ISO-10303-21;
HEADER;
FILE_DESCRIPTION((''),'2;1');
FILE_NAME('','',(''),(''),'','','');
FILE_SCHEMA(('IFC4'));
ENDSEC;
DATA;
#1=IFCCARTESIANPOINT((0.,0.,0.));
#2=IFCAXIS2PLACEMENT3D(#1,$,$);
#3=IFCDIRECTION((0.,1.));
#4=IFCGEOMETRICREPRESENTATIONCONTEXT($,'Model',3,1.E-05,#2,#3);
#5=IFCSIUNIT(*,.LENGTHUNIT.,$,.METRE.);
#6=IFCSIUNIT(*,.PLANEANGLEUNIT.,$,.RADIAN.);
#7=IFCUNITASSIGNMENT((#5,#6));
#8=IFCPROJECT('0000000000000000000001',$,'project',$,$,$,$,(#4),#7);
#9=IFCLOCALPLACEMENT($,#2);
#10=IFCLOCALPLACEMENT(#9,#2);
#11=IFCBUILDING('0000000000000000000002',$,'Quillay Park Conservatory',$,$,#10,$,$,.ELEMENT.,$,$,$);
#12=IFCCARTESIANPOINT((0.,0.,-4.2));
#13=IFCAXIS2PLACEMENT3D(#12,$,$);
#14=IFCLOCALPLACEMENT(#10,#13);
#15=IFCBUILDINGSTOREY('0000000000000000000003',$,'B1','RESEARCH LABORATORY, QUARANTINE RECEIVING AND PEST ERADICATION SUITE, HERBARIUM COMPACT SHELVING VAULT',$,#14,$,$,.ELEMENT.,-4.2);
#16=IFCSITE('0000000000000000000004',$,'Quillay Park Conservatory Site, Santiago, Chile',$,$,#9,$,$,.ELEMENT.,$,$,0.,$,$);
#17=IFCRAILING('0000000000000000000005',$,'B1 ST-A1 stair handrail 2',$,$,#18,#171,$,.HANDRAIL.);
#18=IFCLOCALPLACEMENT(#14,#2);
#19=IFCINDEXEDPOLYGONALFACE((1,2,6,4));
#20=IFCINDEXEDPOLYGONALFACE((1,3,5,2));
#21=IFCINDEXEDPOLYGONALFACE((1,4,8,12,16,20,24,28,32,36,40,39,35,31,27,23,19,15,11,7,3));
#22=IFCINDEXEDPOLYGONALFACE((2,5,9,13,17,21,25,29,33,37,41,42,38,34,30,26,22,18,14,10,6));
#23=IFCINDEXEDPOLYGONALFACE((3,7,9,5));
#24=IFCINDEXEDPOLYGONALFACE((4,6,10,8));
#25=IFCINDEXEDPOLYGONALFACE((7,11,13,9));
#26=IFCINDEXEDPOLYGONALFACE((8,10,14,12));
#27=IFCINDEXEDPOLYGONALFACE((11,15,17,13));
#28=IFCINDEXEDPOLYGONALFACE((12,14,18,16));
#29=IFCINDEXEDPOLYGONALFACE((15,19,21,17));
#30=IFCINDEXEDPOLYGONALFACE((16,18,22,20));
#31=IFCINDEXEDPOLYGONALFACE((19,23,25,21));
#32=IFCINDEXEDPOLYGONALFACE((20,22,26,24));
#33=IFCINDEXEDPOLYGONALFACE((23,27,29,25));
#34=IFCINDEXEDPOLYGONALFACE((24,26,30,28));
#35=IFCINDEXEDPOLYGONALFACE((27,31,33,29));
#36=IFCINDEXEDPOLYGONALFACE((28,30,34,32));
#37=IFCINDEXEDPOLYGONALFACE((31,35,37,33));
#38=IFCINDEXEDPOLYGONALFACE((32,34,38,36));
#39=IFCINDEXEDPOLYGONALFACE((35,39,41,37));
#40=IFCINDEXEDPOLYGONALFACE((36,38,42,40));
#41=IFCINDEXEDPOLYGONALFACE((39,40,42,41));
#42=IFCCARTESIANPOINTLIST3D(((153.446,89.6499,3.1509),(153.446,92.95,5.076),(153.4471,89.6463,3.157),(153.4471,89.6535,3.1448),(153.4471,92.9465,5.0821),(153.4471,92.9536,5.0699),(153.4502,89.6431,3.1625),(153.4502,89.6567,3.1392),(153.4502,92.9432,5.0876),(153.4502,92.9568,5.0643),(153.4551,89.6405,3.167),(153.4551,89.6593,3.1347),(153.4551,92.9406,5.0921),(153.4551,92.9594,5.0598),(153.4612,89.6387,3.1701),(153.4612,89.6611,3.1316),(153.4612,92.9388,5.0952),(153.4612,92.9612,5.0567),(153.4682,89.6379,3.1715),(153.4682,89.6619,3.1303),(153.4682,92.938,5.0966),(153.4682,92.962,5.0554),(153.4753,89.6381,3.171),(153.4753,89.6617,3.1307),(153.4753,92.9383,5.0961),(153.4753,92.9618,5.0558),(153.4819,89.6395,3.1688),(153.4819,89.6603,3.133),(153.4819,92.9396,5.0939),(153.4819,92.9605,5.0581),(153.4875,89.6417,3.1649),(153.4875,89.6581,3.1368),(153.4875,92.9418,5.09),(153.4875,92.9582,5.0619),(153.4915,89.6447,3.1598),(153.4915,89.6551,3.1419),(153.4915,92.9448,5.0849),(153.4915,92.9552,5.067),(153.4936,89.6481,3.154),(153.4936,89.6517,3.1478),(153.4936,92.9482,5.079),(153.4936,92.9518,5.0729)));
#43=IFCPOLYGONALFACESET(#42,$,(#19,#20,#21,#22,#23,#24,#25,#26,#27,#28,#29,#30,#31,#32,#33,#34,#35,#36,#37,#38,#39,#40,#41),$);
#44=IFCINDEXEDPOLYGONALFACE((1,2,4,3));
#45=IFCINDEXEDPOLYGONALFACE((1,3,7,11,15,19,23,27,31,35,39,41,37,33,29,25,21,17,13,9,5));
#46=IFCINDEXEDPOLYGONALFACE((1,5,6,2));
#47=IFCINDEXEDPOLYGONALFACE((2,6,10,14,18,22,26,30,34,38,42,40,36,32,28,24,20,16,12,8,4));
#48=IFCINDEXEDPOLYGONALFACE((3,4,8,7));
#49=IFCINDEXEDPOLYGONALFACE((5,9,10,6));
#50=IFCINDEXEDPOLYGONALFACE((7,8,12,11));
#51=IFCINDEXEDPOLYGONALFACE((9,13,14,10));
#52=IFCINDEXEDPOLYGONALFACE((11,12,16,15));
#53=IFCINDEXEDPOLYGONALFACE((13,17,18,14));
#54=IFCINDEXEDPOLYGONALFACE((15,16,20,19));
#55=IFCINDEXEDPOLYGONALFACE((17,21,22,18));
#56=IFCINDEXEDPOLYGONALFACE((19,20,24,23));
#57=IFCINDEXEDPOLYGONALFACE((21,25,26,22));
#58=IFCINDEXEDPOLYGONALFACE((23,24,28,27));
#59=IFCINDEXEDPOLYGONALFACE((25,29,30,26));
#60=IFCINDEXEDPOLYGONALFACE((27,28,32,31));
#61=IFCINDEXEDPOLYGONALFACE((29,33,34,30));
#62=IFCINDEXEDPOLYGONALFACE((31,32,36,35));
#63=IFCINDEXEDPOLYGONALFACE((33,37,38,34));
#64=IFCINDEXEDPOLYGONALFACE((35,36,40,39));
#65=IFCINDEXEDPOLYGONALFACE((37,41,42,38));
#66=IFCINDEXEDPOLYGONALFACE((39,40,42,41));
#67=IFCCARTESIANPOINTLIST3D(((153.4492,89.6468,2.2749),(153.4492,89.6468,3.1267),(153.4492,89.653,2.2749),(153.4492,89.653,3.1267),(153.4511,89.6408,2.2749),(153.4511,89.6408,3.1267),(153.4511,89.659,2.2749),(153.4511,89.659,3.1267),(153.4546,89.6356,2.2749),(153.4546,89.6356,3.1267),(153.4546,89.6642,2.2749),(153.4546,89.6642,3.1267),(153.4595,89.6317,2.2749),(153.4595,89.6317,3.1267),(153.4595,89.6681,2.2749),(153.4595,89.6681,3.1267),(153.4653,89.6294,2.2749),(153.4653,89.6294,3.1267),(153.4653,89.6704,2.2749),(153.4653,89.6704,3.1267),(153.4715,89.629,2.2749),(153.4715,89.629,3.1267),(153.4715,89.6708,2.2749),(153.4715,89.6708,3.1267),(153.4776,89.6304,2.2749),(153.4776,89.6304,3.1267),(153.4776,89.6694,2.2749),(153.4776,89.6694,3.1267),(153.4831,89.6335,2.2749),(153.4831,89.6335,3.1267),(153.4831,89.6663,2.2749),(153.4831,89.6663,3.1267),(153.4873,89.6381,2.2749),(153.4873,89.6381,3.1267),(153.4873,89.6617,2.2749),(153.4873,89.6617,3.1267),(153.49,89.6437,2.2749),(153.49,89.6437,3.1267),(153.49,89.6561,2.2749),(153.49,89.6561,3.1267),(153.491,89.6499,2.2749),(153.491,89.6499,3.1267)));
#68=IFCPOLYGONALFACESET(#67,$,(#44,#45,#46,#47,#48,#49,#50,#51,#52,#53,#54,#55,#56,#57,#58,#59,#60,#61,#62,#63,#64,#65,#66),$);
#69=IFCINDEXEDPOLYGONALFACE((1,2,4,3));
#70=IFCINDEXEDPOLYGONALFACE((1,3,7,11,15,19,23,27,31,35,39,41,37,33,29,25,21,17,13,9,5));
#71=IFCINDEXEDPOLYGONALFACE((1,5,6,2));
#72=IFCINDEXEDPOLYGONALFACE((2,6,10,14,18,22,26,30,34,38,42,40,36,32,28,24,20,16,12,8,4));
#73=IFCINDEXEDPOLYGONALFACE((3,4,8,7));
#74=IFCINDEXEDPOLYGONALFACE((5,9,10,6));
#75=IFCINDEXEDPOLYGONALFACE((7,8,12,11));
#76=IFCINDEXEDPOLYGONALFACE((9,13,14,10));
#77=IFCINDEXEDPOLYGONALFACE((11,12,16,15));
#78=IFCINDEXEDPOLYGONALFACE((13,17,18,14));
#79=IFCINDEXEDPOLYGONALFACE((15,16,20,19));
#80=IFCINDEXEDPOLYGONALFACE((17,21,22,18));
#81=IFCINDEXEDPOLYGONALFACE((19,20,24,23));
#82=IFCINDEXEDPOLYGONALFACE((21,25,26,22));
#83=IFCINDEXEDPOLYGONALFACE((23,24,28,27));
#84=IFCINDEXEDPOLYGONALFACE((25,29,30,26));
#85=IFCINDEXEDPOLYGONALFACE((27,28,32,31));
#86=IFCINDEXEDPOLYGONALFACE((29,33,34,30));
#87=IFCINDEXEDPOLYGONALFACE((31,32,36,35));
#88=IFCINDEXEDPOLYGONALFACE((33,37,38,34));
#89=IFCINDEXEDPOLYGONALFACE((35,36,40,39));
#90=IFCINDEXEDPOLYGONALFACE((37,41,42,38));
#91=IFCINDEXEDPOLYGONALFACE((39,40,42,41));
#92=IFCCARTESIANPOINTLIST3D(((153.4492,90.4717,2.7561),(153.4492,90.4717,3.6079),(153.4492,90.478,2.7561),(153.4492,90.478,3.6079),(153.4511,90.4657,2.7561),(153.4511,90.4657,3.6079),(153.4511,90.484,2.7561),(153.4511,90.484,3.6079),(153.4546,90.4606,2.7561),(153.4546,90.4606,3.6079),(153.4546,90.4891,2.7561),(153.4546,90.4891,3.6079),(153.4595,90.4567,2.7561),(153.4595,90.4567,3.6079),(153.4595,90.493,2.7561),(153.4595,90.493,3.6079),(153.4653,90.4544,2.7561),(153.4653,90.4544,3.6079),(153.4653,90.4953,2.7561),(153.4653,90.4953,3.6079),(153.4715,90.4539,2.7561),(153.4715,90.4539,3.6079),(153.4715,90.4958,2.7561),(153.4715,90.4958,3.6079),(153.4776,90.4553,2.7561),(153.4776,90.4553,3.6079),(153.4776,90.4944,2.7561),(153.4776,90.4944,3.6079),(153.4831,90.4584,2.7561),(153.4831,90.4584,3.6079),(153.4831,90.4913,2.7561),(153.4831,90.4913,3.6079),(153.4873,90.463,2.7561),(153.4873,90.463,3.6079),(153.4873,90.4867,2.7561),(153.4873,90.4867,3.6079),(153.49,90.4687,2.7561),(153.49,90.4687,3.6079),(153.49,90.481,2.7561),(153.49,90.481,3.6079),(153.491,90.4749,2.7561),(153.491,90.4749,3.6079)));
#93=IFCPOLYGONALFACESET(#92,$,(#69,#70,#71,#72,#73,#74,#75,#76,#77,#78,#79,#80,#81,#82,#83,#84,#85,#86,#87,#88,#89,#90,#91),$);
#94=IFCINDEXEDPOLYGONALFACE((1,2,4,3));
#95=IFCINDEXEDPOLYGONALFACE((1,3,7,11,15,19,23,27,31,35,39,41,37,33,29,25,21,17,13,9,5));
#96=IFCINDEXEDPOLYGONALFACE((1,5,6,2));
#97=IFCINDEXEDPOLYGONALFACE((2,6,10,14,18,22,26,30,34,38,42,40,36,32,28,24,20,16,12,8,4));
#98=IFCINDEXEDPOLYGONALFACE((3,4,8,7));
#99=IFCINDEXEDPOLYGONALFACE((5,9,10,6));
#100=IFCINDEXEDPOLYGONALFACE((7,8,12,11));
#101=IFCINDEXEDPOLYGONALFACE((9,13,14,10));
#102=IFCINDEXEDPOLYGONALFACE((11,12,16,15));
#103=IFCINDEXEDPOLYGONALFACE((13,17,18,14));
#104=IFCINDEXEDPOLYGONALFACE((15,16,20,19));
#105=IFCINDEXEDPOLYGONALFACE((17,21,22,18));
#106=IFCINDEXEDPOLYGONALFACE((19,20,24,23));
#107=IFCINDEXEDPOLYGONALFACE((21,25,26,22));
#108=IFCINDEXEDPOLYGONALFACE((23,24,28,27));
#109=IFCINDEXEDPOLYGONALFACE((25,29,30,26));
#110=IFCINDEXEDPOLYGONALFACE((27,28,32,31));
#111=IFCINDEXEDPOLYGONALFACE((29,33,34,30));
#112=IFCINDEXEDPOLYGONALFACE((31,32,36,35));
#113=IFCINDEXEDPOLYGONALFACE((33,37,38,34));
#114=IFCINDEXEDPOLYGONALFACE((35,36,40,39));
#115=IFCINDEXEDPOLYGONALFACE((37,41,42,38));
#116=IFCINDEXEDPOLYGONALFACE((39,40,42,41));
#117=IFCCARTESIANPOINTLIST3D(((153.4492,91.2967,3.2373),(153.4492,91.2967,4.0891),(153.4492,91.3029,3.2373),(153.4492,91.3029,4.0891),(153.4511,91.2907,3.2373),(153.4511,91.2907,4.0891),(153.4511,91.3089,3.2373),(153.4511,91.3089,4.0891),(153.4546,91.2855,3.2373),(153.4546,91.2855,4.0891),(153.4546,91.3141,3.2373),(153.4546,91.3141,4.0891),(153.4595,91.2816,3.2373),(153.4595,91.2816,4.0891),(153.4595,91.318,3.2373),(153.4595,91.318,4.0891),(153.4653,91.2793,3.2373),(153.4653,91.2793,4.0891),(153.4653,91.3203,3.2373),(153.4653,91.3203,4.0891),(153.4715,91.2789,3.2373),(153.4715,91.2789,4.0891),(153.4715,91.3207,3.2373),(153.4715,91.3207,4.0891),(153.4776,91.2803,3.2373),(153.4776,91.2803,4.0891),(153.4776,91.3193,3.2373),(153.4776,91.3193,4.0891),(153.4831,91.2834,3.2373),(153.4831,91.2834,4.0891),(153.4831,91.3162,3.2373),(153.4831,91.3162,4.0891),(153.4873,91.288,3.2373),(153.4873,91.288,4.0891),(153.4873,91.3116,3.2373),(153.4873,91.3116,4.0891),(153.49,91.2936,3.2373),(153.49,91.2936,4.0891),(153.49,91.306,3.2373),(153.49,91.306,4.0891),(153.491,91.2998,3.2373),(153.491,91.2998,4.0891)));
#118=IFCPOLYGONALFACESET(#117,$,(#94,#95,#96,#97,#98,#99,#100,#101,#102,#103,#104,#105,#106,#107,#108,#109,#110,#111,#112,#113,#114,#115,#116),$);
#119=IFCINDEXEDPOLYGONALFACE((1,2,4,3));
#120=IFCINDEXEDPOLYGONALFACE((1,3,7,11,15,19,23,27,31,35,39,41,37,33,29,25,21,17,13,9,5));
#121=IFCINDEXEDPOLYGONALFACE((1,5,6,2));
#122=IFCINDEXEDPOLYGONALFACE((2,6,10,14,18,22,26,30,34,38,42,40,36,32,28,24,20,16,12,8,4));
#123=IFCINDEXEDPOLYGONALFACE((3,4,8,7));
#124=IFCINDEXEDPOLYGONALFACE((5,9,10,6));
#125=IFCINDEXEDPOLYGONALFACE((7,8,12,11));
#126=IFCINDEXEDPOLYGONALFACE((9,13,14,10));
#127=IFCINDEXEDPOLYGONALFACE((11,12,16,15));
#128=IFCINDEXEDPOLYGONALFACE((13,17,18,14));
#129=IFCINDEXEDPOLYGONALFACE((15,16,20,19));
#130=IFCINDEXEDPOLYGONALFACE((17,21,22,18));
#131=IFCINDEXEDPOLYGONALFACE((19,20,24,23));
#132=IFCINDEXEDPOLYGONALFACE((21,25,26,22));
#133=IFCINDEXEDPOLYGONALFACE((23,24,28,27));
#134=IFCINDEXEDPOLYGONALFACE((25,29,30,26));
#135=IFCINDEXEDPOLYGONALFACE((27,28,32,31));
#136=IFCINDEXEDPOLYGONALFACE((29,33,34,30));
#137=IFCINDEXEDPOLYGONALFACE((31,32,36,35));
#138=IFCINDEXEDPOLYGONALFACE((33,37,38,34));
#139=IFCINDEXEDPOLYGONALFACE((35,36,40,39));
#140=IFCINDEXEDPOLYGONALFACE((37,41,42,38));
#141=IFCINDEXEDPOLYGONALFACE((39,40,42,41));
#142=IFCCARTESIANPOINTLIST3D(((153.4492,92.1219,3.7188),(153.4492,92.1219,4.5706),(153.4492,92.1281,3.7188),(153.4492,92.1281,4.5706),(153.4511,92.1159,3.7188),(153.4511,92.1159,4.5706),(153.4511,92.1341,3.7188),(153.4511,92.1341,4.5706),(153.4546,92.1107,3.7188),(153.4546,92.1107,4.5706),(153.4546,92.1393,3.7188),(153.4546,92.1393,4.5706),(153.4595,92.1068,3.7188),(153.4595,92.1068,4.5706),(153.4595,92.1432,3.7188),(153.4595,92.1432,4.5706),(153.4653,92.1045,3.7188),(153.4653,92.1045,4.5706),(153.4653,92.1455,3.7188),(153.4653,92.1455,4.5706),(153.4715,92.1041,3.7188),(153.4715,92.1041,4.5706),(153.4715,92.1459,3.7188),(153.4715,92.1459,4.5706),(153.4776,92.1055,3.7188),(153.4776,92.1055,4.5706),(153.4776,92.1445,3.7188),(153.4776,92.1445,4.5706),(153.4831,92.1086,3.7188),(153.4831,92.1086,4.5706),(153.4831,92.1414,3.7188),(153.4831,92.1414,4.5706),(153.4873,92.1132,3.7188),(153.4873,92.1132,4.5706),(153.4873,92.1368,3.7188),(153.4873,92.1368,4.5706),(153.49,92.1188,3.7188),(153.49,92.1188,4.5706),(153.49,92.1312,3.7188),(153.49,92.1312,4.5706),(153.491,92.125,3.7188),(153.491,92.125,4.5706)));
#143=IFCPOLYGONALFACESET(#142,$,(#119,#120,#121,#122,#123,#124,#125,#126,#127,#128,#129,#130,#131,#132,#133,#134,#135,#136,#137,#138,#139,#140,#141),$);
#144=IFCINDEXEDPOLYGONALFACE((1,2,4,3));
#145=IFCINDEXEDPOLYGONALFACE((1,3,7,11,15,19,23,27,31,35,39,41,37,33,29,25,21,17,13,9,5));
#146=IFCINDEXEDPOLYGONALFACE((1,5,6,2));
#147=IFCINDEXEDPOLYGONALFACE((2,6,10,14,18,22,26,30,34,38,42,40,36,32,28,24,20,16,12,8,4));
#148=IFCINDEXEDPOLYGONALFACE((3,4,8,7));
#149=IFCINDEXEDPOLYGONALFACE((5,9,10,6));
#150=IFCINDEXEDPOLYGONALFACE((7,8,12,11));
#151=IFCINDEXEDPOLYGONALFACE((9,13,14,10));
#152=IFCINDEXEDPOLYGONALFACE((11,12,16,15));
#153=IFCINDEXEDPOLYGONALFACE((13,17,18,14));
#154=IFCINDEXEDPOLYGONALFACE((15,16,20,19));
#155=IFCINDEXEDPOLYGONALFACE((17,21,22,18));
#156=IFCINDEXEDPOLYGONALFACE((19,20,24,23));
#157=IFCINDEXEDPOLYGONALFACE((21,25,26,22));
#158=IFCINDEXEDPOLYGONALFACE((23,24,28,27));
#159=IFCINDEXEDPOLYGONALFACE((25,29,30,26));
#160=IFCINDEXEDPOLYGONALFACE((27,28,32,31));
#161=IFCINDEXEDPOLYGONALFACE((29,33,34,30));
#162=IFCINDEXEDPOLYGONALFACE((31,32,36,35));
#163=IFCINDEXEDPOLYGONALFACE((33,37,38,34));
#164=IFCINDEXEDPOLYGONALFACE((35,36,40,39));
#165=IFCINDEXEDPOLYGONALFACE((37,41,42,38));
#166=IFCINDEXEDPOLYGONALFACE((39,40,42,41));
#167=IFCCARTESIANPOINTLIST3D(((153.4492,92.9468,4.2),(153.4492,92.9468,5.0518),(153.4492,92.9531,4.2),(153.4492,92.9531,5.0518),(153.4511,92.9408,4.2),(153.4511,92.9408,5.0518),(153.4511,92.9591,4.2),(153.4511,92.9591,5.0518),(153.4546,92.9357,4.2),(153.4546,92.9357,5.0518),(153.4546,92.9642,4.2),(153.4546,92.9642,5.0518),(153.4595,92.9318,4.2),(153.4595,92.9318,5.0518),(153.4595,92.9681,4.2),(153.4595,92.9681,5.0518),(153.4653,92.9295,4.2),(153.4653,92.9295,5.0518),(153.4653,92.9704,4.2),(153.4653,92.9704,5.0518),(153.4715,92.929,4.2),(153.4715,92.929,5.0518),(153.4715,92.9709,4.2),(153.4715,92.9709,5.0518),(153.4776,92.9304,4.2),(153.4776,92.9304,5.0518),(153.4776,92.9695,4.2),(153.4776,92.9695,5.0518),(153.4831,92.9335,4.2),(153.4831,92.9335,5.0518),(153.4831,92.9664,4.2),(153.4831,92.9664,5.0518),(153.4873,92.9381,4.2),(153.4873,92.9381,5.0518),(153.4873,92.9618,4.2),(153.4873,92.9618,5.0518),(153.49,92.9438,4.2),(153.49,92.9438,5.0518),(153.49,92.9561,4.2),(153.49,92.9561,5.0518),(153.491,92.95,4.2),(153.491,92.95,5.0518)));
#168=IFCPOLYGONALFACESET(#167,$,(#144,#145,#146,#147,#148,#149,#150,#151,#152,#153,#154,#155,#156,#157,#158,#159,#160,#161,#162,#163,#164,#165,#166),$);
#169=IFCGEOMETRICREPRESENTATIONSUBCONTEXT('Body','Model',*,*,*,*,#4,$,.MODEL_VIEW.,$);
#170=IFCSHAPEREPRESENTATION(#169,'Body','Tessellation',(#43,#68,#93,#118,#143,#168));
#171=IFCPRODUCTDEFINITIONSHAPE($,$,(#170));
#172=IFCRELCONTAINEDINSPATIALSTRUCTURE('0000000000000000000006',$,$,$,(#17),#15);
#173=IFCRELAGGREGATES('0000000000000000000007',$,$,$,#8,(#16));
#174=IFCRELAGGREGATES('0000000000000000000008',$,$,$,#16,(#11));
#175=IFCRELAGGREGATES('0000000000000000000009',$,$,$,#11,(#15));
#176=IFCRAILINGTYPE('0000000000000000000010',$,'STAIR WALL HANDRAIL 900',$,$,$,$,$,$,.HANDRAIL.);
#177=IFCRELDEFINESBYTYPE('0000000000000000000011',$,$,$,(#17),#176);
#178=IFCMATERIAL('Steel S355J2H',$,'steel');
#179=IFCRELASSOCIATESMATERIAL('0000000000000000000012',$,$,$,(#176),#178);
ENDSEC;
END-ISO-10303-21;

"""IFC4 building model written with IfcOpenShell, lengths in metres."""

from ifc_helpers import new_model, si_unit, direction, frame, origin, origin_2d, place, context, subcontext, project, spatial, circle, extrude, material, type_object, element, save


model = new_model("IFC4")

# Units and contexts
model_context = context("Model", 3, precision=1e-05, world=origin(), true_north=direction((0.0, 1.0)))
body_context = subcontext(model_context, "Body", "Model", "MODEL_VIEW")
ifc_project = project(units=[si_unit("LENGTHUNIT", "METRE"), si_unit("PLANEANGLEUNIT", "RADIAN")], contexts=[model_context])

# Site, building, storey
site_placement = place(None, origin())
site = spatial("IfcSite", under=ifc_project, at=site_placement, Name="Quillay Park Conservatory Site, Santiago, Chile", CompositionType="ELEMENT", RefElevation=0.0)
building_placement = place(site_placement, origin())
building = spatial("IfcBuilding", under=site, at=building_placement, Name="Quillay Park Conservatory", CompositionType="ELEMENT")
storey_placement = place(building_placement, frame((0.0, 0.0, -4.2)))
storey = spatial("IfcBuildingStorey", under=building, at=storey_placement, Name="B1", Description="RESEARCH LABORATORY, QUARANTINE RECEIVING AND PEST ERADICATION SUITE, HERBARIUM COMPACT SHELVING VAULT", CompositionType="ELEMENT", Elevation=-4.2)

# Railing
ifc_material_1 = material(Name="Steel S355J2H", Category="steel")
railing_type_1 = type_object("IfcRailingType", Name="STAIR WALL HANDRAIL 900", PredefinedType="HANDRAIL", material=ifc_material_1)
railing_1_placement = place(storey_placement, frame((153.47, 89.6499, 2.2749)))
element("IfcRailing", 1, at=railing_1_placement, inside=storey, type_object=railing_type_1, Name="B1 ST-A1 stair handrail 2", PredefinedType="HANDRAIL", context=body_context, shape_type="SweptSolid", body=[
    extrude(circle(Radius=0.0239, at=origin_2d()), frame((0.0, 0.0, 0.876), z_axis=(0.0, 0.863777, 0.503875), x_axis=(-1.0, 0.0, 0.0)), (0.0, 0.0, 1.0), 3.8206),
    extrude(circle(Radius=0.021, at=origin_2d()), origin(), (0.0, 0.0, 1.0), 0.8518),
    extrude(circle(Radius=0.021, at=origin_2d()), frame((0.0, 0.825, 0.4812)), (0.0, 0.0, 1.0), 0.8518),
    extrude(circle(Radius=0.021, at=origin_2d()), frame((0.0, 1.6499, 0.9624)), (0.0, 0.0, 1.0), 0.8518),
    extrude(circle(Radius=0.021, at=origin_2d()), frame((0.0, 2.4751, 1.4438)), (0.0, 0.0, 1.0), 0.8518),
    extrude(circle(Radius=0.021, at=origin_2d()), frame((0.0, 3.3, 1.925)), (0.0, 0.0, 1.0), 0.8518),
])

save(model, "model.ifc")
